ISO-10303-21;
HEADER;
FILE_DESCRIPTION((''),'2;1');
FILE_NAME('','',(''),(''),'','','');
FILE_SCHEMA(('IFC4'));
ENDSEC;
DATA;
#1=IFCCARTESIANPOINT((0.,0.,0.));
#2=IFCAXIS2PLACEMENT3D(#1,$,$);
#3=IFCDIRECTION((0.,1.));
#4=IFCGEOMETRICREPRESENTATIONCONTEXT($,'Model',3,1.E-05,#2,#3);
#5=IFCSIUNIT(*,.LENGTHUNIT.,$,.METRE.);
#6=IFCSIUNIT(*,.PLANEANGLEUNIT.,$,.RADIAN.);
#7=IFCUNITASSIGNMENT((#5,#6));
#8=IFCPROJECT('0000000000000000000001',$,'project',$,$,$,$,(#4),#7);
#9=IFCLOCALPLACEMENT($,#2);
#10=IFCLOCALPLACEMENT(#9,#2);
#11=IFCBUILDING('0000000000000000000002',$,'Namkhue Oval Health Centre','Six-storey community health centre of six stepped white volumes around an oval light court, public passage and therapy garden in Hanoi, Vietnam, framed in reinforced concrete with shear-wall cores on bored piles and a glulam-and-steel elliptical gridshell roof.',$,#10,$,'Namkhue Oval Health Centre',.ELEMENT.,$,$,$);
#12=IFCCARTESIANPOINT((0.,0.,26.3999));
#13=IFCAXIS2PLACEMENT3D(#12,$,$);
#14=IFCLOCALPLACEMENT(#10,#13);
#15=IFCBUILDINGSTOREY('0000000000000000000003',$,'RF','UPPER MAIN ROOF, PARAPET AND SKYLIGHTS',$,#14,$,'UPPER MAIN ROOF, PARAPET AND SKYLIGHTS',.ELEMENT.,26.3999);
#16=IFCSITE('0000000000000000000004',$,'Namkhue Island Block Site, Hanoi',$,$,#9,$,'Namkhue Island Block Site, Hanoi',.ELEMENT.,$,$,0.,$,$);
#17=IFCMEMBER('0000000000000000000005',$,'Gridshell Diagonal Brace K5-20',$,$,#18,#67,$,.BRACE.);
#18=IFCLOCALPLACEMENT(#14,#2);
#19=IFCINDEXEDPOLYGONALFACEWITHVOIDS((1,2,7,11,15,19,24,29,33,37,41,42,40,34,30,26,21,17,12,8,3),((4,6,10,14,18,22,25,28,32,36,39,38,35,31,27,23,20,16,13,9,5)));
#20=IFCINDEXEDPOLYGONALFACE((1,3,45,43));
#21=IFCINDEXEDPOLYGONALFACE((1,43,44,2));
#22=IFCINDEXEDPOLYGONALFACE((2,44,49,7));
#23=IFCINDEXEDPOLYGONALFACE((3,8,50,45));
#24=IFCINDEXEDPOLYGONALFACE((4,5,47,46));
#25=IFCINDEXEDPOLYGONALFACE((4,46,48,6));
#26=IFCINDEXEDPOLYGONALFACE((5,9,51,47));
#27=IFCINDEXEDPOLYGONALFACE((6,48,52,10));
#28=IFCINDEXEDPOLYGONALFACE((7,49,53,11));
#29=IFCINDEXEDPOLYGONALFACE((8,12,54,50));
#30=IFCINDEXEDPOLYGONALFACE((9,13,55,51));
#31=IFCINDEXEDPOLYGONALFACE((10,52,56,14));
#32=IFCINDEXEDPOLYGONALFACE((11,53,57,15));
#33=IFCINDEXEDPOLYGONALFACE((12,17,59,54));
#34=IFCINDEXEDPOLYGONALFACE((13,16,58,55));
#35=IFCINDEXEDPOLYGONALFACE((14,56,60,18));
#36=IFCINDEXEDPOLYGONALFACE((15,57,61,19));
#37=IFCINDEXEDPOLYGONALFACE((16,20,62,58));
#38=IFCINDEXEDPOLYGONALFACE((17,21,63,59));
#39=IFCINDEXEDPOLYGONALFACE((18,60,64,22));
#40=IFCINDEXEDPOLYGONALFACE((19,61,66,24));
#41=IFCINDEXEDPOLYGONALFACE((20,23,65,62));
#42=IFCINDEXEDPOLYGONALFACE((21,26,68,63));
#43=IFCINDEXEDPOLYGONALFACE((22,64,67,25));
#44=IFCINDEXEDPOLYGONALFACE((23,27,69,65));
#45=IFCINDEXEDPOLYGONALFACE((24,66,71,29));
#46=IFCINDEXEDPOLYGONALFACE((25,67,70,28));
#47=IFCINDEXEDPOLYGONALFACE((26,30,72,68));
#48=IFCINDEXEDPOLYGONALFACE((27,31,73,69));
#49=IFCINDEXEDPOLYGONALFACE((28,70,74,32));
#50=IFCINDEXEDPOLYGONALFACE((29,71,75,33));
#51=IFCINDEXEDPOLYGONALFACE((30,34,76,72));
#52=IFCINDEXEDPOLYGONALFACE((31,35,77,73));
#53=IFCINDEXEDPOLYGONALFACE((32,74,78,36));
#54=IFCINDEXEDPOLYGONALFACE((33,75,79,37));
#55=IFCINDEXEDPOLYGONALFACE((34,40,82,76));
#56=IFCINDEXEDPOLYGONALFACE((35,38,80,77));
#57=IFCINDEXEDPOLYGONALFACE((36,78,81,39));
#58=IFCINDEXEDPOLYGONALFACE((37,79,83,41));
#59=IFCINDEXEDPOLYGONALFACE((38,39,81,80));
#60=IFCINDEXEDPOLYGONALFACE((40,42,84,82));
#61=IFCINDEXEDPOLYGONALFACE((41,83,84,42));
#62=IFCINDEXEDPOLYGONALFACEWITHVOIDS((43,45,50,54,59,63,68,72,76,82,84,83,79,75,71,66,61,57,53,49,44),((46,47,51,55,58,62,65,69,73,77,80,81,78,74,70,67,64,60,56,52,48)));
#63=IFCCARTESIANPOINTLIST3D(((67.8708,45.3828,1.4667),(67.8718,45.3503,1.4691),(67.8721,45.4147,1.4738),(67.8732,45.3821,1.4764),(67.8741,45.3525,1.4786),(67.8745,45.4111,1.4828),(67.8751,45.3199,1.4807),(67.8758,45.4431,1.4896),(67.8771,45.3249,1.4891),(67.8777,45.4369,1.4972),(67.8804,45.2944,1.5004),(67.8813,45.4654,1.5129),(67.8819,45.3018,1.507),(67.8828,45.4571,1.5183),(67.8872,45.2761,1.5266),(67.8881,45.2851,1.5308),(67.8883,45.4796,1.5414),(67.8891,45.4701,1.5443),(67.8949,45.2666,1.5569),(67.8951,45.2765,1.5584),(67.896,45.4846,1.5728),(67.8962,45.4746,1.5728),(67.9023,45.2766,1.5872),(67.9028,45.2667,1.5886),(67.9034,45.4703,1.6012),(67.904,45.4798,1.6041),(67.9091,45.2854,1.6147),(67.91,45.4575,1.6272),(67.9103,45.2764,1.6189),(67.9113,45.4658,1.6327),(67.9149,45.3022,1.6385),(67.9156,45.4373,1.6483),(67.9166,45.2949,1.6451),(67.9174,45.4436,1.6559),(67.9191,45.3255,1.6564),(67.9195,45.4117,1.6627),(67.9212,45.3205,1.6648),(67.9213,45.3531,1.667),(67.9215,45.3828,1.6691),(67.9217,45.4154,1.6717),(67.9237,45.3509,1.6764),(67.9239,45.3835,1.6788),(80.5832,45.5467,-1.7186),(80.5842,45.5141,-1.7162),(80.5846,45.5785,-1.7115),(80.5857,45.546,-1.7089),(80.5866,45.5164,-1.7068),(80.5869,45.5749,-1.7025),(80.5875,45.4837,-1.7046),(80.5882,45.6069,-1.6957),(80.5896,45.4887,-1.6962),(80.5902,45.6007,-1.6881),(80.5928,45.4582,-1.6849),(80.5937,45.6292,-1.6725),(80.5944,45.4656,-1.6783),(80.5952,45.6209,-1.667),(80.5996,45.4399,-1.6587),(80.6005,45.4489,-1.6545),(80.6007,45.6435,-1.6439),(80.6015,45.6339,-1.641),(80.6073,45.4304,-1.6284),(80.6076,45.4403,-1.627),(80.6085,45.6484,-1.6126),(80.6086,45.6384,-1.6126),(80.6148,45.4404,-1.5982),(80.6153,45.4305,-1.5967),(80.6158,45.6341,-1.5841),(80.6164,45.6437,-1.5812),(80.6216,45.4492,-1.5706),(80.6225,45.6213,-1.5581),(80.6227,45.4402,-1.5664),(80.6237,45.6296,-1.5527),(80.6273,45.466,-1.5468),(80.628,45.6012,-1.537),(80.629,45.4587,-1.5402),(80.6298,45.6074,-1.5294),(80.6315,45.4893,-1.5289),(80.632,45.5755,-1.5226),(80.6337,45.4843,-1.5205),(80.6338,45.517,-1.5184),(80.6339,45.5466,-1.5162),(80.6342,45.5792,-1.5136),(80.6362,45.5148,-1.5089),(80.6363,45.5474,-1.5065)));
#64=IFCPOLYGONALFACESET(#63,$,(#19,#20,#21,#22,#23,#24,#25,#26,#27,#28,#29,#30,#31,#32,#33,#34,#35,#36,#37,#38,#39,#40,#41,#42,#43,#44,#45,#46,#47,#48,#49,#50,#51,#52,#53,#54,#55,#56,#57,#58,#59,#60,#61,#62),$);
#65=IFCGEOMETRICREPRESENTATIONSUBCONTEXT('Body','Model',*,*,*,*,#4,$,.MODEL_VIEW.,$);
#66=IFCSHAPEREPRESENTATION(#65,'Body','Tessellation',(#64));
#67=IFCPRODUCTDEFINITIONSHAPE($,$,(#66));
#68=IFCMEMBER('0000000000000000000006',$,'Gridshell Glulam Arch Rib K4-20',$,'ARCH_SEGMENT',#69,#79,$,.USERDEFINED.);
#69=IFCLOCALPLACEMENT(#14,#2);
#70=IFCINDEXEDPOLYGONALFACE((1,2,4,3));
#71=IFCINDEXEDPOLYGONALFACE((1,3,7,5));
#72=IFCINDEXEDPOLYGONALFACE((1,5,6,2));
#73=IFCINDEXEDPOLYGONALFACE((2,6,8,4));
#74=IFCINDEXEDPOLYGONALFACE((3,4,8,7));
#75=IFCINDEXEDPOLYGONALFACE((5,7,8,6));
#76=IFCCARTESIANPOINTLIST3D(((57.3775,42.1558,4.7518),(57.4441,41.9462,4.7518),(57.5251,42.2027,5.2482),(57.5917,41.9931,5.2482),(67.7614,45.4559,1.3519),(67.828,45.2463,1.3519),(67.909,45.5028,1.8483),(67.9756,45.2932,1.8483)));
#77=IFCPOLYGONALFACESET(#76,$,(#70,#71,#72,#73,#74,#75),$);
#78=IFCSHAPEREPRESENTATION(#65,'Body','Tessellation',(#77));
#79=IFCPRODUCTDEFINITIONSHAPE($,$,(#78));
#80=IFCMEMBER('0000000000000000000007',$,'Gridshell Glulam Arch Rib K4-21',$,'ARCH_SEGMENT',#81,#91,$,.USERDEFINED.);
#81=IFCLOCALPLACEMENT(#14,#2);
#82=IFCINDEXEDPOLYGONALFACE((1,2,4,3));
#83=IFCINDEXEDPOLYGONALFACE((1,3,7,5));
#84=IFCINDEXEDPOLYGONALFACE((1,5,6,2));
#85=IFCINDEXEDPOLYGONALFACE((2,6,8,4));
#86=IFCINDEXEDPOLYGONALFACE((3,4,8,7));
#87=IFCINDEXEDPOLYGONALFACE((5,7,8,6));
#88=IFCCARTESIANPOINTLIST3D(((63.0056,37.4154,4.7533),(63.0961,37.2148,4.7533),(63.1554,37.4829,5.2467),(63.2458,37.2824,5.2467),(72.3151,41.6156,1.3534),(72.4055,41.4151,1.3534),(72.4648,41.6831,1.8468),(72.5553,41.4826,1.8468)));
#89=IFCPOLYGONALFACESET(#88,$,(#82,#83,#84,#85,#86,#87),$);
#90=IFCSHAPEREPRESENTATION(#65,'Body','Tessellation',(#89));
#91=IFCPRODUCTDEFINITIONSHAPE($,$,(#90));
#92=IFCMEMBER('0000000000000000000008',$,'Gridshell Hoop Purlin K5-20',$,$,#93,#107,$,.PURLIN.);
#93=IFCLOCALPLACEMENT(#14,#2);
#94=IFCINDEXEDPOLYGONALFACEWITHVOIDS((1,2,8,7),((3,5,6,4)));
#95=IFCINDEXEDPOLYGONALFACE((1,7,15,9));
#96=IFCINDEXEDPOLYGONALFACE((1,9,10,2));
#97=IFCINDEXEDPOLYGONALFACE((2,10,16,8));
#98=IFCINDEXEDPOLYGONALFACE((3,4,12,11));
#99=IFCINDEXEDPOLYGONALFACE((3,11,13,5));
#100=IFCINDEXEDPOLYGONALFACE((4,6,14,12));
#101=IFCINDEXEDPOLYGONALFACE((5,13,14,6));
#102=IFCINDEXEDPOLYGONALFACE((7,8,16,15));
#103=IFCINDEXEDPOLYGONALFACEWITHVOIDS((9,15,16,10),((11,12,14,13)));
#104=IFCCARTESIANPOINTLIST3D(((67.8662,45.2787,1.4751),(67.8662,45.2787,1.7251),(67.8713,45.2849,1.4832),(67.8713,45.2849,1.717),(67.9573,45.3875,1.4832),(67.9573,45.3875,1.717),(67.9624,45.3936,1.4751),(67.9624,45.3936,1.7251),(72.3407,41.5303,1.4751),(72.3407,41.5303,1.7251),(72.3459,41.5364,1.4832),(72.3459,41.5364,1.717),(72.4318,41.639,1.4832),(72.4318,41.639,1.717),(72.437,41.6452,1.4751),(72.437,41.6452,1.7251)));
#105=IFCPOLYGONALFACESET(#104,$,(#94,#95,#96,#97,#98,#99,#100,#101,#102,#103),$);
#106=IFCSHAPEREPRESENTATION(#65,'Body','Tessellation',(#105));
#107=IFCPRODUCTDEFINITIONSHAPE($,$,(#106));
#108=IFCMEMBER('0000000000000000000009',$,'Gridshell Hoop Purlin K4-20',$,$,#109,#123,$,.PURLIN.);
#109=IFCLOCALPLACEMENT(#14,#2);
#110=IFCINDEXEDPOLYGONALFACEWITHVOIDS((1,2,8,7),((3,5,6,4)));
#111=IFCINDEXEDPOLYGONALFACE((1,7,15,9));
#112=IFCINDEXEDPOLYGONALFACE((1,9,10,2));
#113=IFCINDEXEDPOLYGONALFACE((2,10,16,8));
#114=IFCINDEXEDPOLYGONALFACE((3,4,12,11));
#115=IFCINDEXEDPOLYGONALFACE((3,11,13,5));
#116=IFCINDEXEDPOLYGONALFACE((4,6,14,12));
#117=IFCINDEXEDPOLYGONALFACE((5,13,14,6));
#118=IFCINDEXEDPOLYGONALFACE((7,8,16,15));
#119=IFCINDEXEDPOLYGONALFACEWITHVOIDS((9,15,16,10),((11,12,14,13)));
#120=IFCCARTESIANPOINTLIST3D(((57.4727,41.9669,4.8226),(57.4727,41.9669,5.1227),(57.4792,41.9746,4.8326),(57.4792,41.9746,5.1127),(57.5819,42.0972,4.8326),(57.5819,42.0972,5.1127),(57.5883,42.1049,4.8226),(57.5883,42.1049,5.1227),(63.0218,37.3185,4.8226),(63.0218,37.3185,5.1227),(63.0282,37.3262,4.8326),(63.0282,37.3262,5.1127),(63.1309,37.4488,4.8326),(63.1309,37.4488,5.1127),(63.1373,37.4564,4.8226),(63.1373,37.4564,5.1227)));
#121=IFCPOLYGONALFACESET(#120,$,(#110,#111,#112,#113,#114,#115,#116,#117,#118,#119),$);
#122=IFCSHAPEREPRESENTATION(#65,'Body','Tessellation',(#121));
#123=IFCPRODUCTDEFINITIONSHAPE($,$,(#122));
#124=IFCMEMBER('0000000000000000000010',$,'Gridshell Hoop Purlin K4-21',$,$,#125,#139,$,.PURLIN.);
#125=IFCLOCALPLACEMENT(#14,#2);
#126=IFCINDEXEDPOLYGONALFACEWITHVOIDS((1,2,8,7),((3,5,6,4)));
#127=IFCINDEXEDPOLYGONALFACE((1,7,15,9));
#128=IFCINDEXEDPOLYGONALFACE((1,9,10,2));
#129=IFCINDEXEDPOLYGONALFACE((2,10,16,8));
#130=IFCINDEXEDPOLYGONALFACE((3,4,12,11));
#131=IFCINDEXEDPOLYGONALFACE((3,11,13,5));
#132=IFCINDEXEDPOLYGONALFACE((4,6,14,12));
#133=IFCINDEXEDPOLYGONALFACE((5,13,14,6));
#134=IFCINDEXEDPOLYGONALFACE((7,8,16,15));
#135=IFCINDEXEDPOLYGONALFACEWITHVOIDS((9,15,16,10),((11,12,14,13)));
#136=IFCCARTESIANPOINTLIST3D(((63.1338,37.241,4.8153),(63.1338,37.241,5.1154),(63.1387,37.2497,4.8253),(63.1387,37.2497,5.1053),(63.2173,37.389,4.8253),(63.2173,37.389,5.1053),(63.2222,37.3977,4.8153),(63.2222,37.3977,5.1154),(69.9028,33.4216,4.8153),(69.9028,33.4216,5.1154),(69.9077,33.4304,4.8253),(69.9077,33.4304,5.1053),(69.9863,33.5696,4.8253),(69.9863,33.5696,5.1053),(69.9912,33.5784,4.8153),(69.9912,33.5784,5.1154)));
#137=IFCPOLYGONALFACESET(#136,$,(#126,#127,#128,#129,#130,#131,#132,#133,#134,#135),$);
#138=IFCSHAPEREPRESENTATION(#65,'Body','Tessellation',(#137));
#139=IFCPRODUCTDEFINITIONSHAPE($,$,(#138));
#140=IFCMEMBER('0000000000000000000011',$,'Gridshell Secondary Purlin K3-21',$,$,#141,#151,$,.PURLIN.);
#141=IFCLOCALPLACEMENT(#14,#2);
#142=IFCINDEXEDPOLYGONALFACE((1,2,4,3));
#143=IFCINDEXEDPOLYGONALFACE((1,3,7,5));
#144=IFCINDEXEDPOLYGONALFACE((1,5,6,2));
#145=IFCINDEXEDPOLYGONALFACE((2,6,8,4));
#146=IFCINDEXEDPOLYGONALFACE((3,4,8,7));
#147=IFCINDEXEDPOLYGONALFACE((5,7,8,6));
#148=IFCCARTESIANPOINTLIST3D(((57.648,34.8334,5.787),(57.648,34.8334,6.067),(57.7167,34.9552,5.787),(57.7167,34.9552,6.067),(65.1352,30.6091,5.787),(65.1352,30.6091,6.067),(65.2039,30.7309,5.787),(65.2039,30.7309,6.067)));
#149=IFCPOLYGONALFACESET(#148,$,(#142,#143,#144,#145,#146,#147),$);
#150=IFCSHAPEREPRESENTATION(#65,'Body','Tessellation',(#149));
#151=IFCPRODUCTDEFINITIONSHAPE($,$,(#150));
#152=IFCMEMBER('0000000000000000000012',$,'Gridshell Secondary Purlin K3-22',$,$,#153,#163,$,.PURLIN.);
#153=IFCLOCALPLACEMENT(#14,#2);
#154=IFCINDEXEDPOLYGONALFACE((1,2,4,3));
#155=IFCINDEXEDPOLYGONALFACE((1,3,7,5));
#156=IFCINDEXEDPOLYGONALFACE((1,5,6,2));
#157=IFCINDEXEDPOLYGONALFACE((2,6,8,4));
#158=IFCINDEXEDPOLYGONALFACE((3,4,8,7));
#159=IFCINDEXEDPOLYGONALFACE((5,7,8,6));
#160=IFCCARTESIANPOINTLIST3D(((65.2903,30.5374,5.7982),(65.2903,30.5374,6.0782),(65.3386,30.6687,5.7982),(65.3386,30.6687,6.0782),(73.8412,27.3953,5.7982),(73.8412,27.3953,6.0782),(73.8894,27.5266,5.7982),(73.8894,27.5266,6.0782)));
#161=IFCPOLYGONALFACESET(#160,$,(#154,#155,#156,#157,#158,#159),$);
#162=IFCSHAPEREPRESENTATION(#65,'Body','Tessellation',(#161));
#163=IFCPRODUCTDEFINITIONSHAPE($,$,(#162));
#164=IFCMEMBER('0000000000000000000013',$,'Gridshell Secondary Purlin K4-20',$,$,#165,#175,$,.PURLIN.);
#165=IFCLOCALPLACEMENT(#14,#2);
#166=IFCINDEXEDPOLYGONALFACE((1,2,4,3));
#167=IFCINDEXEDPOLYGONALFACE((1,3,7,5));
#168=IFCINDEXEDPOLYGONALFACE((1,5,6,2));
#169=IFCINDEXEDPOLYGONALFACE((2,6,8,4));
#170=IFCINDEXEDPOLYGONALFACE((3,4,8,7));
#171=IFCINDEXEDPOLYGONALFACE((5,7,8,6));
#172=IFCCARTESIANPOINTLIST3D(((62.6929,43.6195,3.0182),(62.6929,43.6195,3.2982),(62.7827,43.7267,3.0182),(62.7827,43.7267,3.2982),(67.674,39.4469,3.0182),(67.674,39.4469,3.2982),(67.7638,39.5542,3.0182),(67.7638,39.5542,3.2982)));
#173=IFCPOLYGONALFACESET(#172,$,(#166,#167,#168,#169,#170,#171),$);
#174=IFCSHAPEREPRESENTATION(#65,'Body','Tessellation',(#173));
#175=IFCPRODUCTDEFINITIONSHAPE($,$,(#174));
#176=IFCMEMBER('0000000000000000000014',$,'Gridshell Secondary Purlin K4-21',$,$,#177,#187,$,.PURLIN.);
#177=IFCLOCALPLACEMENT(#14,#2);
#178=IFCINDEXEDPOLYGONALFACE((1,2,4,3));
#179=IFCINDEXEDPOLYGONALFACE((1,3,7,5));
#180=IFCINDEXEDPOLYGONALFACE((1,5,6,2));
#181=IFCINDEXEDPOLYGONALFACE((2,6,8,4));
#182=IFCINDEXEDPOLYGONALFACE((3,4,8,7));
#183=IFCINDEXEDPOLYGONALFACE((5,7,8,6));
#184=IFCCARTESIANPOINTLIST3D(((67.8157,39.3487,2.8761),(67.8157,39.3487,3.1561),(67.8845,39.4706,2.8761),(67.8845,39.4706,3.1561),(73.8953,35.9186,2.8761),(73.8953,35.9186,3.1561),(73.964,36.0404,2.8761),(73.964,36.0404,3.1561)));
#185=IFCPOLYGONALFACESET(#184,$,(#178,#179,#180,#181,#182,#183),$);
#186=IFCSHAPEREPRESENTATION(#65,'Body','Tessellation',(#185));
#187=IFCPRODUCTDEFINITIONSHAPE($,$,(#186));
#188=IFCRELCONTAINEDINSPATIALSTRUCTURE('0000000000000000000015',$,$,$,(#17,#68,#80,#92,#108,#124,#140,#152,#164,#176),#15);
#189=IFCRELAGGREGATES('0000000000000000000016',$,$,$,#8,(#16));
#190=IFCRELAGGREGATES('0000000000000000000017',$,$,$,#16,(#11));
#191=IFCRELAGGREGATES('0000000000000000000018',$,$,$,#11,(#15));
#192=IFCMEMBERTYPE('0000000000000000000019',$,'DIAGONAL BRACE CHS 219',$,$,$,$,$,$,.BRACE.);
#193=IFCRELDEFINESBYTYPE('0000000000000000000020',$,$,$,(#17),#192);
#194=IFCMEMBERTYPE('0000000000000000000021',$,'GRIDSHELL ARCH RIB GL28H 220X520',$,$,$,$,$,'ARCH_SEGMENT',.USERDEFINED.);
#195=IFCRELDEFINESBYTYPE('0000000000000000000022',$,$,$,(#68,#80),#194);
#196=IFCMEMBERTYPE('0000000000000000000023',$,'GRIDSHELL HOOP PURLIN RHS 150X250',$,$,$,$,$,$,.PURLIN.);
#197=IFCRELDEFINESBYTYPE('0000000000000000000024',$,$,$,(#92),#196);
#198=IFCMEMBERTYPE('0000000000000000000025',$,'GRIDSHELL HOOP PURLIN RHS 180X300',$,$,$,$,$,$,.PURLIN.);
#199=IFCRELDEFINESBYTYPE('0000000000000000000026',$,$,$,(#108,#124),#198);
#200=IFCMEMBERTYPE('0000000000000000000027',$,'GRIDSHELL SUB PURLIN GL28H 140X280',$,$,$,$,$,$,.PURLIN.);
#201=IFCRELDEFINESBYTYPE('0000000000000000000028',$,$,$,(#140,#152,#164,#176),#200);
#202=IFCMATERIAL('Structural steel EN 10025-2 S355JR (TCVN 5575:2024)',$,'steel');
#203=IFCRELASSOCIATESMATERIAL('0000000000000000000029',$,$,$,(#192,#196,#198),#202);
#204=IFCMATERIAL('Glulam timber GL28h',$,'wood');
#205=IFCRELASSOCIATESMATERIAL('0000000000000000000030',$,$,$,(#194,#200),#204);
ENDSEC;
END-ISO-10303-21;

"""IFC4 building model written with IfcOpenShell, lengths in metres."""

from ifc_helpers import new_model, si_unit, direction, frame, origin, origin_2d, place, context, subcontext, project, spatial, rectangle, hollow_rectangle, hollow_circle, extrude, material, material_profile, profile_set, type_object, element, save


model = new_model("IFC4")

# Units and contexts
model_context = context("Model", 3, precision=1e-05, world=origin(), true_north=direction((0.0, 1.0)))
body_context = subcontext(model_context, "Body", "Model", "MODEL_VIEW")
ifc_project = project(units=[si_unit("LENGTHUNIT", "METRE"), si_unit("PLANEANGLEUNIT", "RADIAN")], contexts=[model_context])

# Site, building, storey
site_placement = place(None, origin())
site = spatial("IfcSite", under=ifc_project, at=site_placement, Name="Namkhue Island Block Site, Hanoi", LongName="Namkhue Island Block Site, Hanoi", CompositionType="ELEMENT", RefElevation=0.0)
building_placement = place(site_placement, origin())
building = spatial("IfcBuilding", under=site, at=building_placement, Name="Namkhue Oval Health Centre", Description="Six-storey community health centre of six stepped white volumes around an oval light court, public passage and therapy garden in Hanoi, Vietnam, framed in reinforced concrete with shear-wall cores on bored piles and a glulam-and-steel elliptical gridshell roof.", LongName="Namkhue Oval Health Centre", CompositionType="ELEMENT")
storey_placement = place(building_placement, frame((0.0, 0.0, 26.3999)))
storey = spatial("IfcBuildingStorey", under=building, at=storey_placement, Name="RF", Description="UPPER MAIN ROOF, PARAPET AND SKYLIGHTS", LongName="UPPER MAIN ROOF, PARAPET AND SKYLIGHTS", CompositionType="ELEMENT", Elevation=26.3999)

# Members
ifc_material_1 = material(Name="Structural steel EN 10025-2 S355JR (TCVN 5575:2024)", Category="steel")
ifc_material_profile_1 = material_profile(ifc_material_1, hollow_circle(Radius=0.1096, WallThickness=0.01, at=origin_2d()), Name="CHS 219.1x10")
ifc_profile_set_1 = profile_set([ifc_material_profile_1], Name="Structural steel EN 10025-2 S355JR (TCVN 5575:2024)")
member_type_1 = type_object("IfcMemberType", Name="DIAGONAL BRACE CHS 219", PredefinedType="BRACE", material=ifc_profile_set_1)
member_1_placement = place(storey_placement, frame((67.8975, 45.375, 1.5728), z_axis=(0.969937, 0.012499, -0.243034), x_axis=(-0.012885, 0.999917, 0.0)))
element("IfcMember", 1, at=member_1_placement, inside=storey, type_object=member_type_1, Name="Gridshell Diagonal Brace K5-20", PredefinedType="BRACE", context=body_context, shape_type="SweptSolid", body=[
    extrude(hollow_circle(Radius=0.1096, WallThickness=0.01, at=origin_2d()), origin(), (0.0, 0.0, 1.0), 13.1064),
])
ifc_material_2 = material(Name="Glulam timber GL28h", Category="wood")
ifc_material_profile_2 = material_profile(ifc_material_2, rectangle(XDim=0.22, YDim=0.52, at=origin_2d()), Name="GL28h 220x520")
ifc_profile_set_2 = profile_set([ifc_material_profile_2], Name="Glulam timber GL28h")
member_type_2 = type_object("IfcMemberType", Name="GRIDSHELL ARCH RIB GL28H 220X520", ElementType="ARCH_SEGMENT", PredefinedType="USERDEFINED", material=ifc_profile_set_2)
member_2_placement = place(storey_placement, frame((57.4846, 42.0745, 5.0), z_axis=(0.909765, 0.28913, -0.297879), x_axis=(-0.30288, 0.953029, 0.0)))
element("IfcMember", 2, at=member_2_placement, inside=storey, type_object=member_type_2, Name="Gridshell Glulam Arch Rib K4-20", ObjectType="ARCH_SEGMENT", PredefinedType="USERDEFINED", context=body_context, shape_type="SweptSolid", body=[
    extrude(rectangle(XDim=0.22, YDim=0.52, at=origin_2d()), origin(), (0.0, 0.0, 1.0), 11.4138),
])
member_3_placement = place(storey_placement, frame((63.1257, 37.3489, 5.0), z_axis=(0.864854, 0.390206, -0.315857), x_axis=(-0.41126, 0.911518, 0.0)))
element("IfcMember", 3, at=member_3_placement, inside=storey, type_object=member_type_2, Name="Gridshell Glulam Arch Rib K4-21", ObjectType="ARCH_SEGMENT", PredefinedType="USERDEFINED", context=body_context, shape_type="SweptSolid", body=[
    extrude(rectangle(XDim=0.22, YDim=0.52, at=origin_2d()), origin(), (0.0, 0.0, 1.0), 10.7642),
])
ifc_material_profile_3 = material_profile(ifc_material_1, hollow_rectangle(XDim=0.1499, YDim=0.25, WallThickness=0.0081, at=origin_2d()), Name="RHS 150x250x8")
ifc_profile_set_3 = profile_set([ifc_material_profile_3], Name="Structural steel EN 10025-2 S355JR (TCVN 5575:2024)")
member_type_3 = type_object("IfcMemberType", Name="GRIDSHELL HOOP PURLIN RHS 150X250", PredefinedType="PURLIN", material=ifc_profile_set_3)
member_4_placement = place(storey_placement, frame((67.9143, 45.3362, 1.6001), z_axis=(0.766559, -0.642173, 0.0), x_axis=(0.642173, 0.766559, 0.0)))
element("IfcMember", 4, at=member_4_placement, inside=storey, type_object=member_type_3, Name="Gridshell Hoop Purlin K5-20", PredefinedType="PURLIN", context=body_context, shape_type="SweptSolid", body=[
    extrude(hollow_rectangle(XDim=0.1499, YDim=0.25, WallThickness=0.0081, at=origin_2d()), origin(), (0.0, 0.0, 1.0), 5.8372),
])
ifc_material_profile_4 = material_profile(ifc_material_1, hollow_rectangle(XDim=0.1799, YDim=0.3, WallThickness=0.01, at=origin_2d()), Name="RHS 180x300x10")
ifc_profile_set_4 = profile_set([ifc_material_profile_4], Name="Structural steel EN 10025-2 S355JR (TCVN 5575:2024)")
member_type_4 = type_object("IfcMemberType", Name="GRIDSHELL HOOP PURLIN RHS 180X300", PredefinedType="PURLIN", material=ifc_profile_set_4)
member_5_placement = place(storey_placement, frame((57.5305, 42.0359, 4.9727), z_axis=(0.766574, -0.642156, 0.0), x_axis=(0.642156, 0.766574, 0.0)))
element("IfcMember", 5, at=member_5_placement, inside=storey, type_object=member_type_4, Name="Gridshell Hoop Purlin K4-20", PredefinedType="PURLIN", context=body_context, shape_type="SweptSolid", body=[
    extrude(hollow_rectangle(XDim=0.1799, YDim=0.3, WallThickness=0.01, at=origin_2d()), origin(), (0.0, 0.0, 1.0), 7.2388),
])
member_6_placement = place(storey_placement, frame((63.178, 37.3193, 4.9653), z_axis=(0.870929, -0.491409, 0.0), x_axis=(0.491409, 0.870929, 0.0)))
element("IfcMember", 6, at=member_6_placement, inside=storey, type_object=member_type_4, Name="Gridshell Hoop Purlin K4-21", PredefinedType="PURLIN", context=body_context, shape_type="SweptSolid", body=[
    extrude(hollow_rectangle(XDim=0.1799, YDim=0.3, WallThickness=0.01, at=origin_2d()), origin(), (0.0, 0.0, 1.0), 7.7722),
])
ifc_material_profile_5 = material_profile(ifc_material_2, rectangle(XDim=0.1399, YDim=0.28, at=origin_2d()), Name="GL28h 140x280")
ifc_profile_set_5 = profile_set([ifc_material_profile_5], Name="Glulam timber GL28h")
member_type_5 = type_object("IfcMemberType", Name="GRIDSHELL SUB PURLIN GL28H 140X280", PredefinedType="PURLIN", material=ifc_profile_set_5)
member_7_placement = place(storey_placement, frame((57.6824, 34.8943, 5.927), z_axis=(0.870941, -0.491388, 0.0), x_axis=(0.491388, 0.870941, 0.0)))
element("IfcMember", 7, at=member_7_placement, inside=storey, type_object=member_type_5, Name="Gridshell Secondary Purlin K3-21", PredefinedType="PURLIN", context=body_context, shape_type="SweptSolid", body=[
    extrude(rectangle(XDim=0.1399, YDim=0.28, at=origin_2d()), origin(), (0.0, 0.0, 1.0), 8.5967),
])
member_8_placement = place(storey_placement, frame((65.3145, 30.603, 5.9382), z_axis=(0.938635, -0.344913, 0.0), x_axis=(0.344913, 0.938635, 0.0)))
element("IfcMember", 8, at=member_8_placement, inside=storey, type_object=member_type_5, Name="Gridshell Secondary Purlin K3-22", PredefinedType="PURLIN", context=body_context, shape_type="SweptSolid", body=[
    extrude(rectangle(XDim=0.1399, YDim=0.28, at=origin_2d()), origin(), (0.0, 0.0, 1.0), 9.1099),
])
member_9_placement = place(storey_placement, frame((62.7378, 43.6731, 3.1582), z_axis=(0.766583, -0.642145, 0.0), x_axis=(0.642145, 0.766583, 0.0)))
element("IfcMember", 9, at=member_9_placement, inside=storey, type_object=member_type_5, Name="Gridshell Secondary Purlin K4-20", PredefinedType="PURLIN", context=body_context, shape_type="SweptSolid", body=[
    extrude(rectangle(XDim=0.1399, YDim=0.28, at=origin_2d()), origin(), (0.0, 0.0, 1.0), 6.4978),
])
member_10_placement = place(storey_placement, frame((67.8501, 39.4097, 3.0161), z_axis=(0.870938, -0.491393, 0.0), x_axis=(0.491393, 0.870938, 0.0)))
element("IfcMember", 10, at=member_10_placement, inside=storey, type_object=member_type_5, Name="Gridshell Secondary Purlin K4-21", PredefinedType="PURLIN", context=body_context, shape_type="SweptSolid", body=[
    extrude(rectangle(XDim=0.1399, YDim=0.28, at=origin_2d()), origin(), (0.0, 0.0, 1.0), 6.9805),
])

save(model, "model.ifc")
